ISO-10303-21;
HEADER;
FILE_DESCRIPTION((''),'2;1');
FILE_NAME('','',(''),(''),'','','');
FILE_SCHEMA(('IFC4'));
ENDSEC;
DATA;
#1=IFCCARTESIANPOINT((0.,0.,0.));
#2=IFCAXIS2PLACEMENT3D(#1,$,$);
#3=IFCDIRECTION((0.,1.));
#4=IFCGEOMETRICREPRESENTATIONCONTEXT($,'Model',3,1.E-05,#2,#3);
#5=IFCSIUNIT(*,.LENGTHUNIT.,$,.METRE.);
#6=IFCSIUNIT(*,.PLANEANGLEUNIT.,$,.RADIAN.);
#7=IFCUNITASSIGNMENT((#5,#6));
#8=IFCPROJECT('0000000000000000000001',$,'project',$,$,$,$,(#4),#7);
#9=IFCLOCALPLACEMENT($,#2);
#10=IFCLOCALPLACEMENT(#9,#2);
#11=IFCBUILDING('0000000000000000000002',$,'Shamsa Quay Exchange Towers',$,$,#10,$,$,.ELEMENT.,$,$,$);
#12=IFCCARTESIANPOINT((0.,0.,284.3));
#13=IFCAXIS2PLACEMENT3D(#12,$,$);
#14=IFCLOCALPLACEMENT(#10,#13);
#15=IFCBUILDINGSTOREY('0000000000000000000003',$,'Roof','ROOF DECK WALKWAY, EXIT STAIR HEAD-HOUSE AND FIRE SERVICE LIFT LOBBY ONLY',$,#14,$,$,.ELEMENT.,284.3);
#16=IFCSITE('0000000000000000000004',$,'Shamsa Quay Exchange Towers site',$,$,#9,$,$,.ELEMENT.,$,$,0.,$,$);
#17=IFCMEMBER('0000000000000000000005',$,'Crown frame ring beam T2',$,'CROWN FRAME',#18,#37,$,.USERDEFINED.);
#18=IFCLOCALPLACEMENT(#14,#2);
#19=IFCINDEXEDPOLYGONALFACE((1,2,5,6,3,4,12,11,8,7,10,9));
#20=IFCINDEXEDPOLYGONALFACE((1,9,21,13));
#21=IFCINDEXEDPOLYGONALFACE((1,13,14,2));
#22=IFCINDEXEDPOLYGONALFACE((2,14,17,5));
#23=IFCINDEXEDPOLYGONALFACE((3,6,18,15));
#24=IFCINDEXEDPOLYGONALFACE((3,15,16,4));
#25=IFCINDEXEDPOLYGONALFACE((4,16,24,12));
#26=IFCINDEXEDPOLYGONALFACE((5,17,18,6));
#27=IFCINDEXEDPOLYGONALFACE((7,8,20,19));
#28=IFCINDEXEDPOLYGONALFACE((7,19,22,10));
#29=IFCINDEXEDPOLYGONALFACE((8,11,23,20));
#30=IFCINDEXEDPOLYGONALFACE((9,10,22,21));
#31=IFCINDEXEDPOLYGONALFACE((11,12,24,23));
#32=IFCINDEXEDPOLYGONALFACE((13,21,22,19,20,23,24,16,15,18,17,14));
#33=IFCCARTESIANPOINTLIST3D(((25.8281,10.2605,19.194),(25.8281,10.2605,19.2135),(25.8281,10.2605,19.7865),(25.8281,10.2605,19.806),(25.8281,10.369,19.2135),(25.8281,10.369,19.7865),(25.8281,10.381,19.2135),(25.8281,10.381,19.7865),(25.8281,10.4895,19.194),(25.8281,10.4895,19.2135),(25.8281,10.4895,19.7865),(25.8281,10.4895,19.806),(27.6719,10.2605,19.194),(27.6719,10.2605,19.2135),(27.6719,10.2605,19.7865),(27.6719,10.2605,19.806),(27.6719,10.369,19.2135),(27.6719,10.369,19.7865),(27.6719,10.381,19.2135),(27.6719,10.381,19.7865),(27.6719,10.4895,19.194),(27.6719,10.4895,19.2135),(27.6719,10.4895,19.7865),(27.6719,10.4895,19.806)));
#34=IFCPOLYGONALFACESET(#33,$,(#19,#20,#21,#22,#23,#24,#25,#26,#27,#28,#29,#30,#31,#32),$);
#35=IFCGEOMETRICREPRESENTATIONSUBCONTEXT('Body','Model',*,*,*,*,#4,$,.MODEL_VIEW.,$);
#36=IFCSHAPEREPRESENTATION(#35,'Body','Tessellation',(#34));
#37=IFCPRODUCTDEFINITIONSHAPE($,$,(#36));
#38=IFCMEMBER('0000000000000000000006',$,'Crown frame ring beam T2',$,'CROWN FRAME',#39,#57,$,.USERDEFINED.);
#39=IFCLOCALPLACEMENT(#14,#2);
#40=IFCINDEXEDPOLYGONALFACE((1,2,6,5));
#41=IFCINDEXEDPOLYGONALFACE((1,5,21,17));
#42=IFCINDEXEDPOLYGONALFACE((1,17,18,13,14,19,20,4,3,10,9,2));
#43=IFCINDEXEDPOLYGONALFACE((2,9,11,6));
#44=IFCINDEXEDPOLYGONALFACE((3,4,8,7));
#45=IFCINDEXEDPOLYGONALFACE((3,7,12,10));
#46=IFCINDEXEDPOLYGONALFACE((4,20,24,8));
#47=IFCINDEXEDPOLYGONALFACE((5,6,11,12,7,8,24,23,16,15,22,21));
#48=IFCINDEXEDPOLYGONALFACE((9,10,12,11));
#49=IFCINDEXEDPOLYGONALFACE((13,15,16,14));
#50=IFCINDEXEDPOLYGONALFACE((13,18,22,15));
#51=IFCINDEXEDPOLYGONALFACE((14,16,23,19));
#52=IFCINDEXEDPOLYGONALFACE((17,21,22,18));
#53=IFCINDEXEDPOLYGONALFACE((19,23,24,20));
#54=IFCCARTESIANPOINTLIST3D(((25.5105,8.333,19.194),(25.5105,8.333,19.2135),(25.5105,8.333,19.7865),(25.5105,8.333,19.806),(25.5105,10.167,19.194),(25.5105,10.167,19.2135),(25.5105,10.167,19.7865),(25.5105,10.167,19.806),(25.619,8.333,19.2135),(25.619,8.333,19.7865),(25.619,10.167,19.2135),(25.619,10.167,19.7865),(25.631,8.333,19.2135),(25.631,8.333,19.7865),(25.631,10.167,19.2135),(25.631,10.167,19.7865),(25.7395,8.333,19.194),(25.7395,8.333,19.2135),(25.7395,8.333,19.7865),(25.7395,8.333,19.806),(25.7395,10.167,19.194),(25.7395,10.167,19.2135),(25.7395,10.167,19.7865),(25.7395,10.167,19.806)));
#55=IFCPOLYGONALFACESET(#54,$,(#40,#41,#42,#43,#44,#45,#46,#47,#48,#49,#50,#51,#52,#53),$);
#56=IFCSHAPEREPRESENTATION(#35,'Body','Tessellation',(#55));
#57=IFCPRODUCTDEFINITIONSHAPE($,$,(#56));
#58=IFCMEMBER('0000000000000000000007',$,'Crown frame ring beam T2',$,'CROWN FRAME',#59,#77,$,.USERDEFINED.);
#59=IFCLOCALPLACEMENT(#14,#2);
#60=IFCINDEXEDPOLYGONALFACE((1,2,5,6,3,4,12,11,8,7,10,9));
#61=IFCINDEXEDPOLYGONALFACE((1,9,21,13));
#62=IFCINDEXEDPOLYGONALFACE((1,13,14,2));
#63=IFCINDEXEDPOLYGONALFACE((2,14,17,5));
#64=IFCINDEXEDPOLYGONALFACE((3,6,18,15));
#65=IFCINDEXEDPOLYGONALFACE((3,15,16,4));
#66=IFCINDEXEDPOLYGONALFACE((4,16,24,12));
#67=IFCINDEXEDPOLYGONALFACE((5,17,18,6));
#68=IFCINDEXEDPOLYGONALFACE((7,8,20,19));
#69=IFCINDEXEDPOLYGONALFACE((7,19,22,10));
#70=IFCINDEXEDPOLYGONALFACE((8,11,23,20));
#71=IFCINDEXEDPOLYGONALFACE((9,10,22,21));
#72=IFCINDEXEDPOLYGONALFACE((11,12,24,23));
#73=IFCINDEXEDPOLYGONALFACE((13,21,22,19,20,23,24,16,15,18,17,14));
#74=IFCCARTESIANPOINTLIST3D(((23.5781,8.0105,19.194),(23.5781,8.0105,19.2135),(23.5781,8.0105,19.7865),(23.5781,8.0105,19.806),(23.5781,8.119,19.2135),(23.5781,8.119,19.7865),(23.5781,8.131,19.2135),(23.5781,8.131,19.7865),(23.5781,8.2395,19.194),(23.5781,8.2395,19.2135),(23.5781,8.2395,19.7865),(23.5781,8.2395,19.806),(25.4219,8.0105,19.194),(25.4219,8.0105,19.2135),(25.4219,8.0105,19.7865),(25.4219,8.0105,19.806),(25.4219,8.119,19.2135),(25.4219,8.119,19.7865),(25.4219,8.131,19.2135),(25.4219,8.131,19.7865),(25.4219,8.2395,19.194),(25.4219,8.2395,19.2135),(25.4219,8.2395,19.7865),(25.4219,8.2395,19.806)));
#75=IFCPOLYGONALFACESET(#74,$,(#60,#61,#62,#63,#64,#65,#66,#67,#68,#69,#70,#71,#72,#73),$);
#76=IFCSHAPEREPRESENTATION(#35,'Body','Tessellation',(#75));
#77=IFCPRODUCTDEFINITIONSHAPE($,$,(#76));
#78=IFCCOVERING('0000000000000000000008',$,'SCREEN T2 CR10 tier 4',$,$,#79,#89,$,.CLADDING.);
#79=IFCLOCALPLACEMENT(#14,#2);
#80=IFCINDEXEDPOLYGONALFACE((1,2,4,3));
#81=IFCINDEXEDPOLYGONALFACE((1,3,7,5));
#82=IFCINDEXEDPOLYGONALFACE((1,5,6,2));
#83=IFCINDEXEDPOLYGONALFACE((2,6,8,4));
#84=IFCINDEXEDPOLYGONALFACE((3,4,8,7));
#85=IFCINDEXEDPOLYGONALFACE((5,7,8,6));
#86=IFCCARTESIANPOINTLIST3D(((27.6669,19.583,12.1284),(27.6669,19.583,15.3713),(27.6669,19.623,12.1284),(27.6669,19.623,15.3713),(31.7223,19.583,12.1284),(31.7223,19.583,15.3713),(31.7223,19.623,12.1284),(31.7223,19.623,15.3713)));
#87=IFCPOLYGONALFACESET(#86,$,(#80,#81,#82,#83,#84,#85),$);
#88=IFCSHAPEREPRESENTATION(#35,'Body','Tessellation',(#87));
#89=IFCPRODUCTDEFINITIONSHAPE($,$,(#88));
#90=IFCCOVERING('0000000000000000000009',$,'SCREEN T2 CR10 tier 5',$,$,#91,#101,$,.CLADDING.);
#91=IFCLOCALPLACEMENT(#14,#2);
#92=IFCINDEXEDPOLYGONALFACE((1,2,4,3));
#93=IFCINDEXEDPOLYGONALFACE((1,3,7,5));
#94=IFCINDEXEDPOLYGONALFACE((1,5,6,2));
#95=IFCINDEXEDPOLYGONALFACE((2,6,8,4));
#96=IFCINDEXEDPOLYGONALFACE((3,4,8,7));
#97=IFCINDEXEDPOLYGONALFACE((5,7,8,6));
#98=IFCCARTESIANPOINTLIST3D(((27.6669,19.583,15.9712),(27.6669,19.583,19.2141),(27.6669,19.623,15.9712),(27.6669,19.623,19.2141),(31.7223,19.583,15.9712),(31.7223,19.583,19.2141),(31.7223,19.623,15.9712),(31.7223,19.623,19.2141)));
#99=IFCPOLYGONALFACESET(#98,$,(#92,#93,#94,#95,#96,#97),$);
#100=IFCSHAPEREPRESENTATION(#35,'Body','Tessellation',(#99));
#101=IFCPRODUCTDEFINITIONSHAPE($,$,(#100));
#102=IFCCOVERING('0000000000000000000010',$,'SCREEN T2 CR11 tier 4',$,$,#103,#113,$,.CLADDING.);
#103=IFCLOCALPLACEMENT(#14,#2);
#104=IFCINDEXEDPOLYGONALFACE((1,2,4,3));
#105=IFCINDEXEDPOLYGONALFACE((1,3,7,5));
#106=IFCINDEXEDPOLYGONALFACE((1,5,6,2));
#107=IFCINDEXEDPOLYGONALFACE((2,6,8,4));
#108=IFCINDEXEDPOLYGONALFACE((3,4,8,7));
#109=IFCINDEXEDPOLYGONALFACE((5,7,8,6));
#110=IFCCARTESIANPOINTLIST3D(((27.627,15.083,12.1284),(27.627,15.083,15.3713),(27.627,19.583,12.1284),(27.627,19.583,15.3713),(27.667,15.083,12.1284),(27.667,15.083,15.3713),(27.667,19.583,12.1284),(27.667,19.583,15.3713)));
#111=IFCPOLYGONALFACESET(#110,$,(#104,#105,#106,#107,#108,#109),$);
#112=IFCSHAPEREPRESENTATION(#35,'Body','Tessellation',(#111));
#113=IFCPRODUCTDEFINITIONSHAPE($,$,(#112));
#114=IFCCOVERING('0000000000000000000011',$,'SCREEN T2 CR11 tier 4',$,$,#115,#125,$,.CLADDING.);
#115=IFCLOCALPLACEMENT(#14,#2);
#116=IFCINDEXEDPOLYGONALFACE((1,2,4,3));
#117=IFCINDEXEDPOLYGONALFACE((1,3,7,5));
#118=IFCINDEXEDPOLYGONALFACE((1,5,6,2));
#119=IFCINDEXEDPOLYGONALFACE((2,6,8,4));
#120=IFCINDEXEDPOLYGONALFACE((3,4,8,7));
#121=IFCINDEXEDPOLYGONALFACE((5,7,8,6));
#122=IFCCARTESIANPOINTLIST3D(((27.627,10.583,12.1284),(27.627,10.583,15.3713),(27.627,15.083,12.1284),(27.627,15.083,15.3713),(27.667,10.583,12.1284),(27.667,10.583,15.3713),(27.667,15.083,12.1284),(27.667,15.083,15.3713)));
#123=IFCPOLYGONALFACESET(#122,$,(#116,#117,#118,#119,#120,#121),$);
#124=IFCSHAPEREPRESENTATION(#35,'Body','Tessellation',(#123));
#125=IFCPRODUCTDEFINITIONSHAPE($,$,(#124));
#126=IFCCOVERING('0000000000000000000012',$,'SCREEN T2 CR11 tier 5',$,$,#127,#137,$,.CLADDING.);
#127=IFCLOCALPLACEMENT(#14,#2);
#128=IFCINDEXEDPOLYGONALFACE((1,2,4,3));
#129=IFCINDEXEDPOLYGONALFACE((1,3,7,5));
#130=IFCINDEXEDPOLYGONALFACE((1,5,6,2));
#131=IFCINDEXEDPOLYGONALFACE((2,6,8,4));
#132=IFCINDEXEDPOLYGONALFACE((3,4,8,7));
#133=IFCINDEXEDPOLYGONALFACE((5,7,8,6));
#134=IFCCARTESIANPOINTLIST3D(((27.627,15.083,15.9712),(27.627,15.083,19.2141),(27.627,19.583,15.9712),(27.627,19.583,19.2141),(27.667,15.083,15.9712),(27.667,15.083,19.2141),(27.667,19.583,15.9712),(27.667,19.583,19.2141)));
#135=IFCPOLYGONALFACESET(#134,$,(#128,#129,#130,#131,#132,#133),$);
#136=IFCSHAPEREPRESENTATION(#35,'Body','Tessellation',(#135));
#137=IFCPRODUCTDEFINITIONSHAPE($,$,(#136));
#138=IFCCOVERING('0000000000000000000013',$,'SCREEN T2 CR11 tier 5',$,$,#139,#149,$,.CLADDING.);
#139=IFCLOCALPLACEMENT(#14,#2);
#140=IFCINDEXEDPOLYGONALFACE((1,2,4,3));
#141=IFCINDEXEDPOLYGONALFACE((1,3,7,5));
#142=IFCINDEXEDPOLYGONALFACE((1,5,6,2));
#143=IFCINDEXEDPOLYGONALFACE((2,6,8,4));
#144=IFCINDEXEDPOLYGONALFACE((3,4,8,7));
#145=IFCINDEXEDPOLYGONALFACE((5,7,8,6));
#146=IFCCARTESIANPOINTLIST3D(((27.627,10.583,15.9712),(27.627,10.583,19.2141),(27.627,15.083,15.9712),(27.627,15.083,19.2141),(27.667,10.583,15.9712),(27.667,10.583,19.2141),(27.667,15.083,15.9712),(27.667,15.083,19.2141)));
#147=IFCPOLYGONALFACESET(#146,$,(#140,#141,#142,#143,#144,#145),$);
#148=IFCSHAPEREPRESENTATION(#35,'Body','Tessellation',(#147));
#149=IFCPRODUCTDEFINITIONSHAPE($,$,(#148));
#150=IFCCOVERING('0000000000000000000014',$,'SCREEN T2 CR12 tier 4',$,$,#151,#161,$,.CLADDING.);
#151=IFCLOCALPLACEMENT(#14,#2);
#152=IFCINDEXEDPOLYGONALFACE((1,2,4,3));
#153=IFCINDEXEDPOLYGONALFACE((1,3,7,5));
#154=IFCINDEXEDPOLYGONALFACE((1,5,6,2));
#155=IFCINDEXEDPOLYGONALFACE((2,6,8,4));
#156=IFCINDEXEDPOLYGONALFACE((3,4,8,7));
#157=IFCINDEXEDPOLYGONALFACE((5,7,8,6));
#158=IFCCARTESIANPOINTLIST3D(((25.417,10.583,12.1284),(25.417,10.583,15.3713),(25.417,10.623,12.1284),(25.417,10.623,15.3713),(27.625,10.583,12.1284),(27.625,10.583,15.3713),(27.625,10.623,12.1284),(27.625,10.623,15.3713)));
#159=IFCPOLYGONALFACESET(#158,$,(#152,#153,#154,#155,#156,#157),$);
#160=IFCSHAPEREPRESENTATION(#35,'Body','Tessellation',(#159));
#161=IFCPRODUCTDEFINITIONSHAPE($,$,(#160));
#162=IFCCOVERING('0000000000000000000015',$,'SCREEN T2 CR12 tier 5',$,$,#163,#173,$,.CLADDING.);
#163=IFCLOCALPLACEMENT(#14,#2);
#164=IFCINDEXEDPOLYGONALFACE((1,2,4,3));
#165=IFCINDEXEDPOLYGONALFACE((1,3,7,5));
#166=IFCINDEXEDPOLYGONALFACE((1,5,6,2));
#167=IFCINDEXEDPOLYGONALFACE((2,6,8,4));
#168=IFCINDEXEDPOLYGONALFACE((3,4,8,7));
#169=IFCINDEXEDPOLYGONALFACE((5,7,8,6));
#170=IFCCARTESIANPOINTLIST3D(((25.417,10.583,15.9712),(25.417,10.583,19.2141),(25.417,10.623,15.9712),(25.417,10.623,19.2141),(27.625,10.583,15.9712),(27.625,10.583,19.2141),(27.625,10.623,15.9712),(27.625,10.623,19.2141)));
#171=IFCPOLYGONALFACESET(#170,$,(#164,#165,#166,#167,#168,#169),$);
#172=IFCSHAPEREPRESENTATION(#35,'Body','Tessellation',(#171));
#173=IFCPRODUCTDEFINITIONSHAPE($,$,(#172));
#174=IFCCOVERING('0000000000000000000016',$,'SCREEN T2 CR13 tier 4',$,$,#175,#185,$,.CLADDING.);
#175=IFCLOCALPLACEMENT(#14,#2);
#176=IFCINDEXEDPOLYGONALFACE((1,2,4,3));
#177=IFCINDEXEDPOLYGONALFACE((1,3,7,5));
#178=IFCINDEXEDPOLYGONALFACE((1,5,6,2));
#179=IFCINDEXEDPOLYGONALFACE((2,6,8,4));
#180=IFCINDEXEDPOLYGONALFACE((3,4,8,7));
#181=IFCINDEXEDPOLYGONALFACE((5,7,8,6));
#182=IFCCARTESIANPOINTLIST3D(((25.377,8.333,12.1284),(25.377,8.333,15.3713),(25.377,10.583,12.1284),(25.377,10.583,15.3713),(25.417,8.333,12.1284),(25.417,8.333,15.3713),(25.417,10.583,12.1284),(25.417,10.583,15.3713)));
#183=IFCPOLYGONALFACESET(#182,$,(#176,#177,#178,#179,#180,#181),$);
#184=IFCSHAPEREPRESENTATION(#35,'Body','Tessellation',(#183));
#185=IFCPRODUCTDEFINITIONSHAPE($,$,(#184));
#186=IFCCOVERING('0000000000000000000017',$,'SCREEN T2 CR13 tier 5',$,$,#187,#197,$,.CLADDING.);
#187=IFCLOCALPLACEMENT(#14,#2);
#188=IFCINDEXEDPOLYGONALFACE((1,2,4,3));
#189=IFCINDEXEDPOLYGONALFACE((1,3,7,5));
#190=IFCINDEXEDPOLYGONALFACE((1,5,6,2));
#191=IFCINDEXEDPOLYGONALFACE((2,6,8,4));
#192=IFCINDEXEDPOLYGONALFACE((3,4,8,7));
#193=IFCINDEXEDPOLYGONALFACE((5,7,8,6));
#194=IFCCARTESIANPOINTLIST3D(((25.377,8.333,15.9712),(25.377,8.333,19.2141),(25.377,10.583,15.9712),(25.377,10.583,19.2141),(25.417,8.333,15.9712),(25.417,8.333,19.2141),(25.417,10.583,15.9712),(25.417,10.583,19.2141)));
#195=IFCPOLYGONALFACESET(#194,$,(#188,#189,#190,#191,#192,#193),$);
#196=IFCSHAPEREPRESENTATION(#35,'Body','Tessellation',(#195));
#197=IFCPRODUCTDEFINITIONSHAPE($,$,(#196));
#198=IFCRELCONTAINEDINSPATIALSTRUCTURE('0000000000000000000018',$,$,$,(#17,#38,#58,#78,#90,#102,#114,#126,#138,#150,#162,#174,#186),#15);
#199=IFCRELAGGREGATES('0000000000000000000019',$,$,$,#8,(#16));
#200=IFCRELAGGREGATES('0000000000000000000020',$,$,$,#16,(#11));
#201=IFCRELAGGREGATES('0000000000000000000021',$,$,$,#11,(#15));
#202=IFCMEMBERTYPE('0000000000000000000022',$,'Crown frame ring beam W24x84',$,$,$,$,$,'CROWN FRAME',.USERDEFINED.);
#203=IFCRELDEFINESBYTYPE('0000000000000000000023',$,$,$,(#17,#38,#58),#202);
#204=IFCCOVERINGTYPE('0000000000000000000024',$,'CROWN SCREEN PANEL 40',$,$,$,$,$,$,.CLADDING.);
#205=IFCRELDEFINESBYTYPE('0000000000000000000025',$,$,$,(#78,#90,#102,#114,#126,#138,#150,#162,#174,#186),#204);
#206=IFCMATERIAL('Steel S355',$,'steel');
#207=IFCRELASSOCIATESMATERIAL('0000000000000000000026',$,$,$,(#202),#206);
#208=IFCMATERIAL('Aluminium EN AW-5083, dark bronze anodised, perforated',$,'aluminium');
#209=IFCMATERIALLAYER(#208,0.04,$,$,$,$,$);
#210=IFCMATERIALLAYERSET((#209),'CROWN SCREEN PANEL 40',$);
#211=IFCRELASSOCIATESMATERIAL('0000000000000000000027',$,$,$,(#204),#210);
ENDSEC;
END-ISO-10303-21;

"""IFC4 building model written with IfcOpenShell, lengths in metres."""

from ifc_helpers import new_model, si_unit, direction, frame, origin, origin_2d, place, context, subcontext, project, spatial, rectangle, i_section, extrude, material, layer, layer_set, material_profile, profile_set, type_object, element, save


model = new_model("IFC4")

# Units and contexts
model_context = context("Model", 3, precision=1e-05, world=origin(), true_north=direction((0.0, 1.0)))
body_context = subcontext(model_context, "Body", "Model", "MODEL_VIEW")
ifc_project = project(units=[si_unit("LENGTHUNIT", "METRE"), si_unit("PLANEANGLEUNIT", "RADIAN")], contexts=[model_context])

# Site, building, storey
site_placement = place(None, origin())
site = spatial("IfcSite", under=ifc_project, at=site_placement, Name="Shamsa Quay Exchange Towers site", CompositionType="ELEMENT", RefElevation=0.0)
building_placement = place(site_placement, origin())
building = spatial("IfcBuilding", under=site, at=building_placement, Name="Shamsa Quay Exchange Towers", CompositionType="ELEMENT")
storey_placement = place(building_placement, frame((0.0, 0.0, 284.3)))
storey = spatial("IfcBuildingStorey", under=building, at=storey_placement, Name="Roof", Description="ROOF DECK WALKWAY, EXIT STAIR HEAD-HOUSE AND FIRE SERVICE LIFT LOBBY ONLY", CompositionType="ELEMENT", Elevation=284.3)

# Members
ifc_material_1 = material(Name="Steel S355", Category="steel")
ifc_material_profile_1 = material_profile(ifc_material_1, i_section(OverallWidth=0.229, OverallDepth=0.6121, WebThickness=0.012, FlangeThickness=0.0195, at=origin_2d()), Name="W24x84")
ifc_profile_set_1 = profile_set([ifc_material_profile_1], Name="Steel S355")
member_type_1 = type_object("IfcMemberType", Name="Crown frame ring beam W24x84", ElementType="CROWN FRAME", PredefinedType="USERDEFINED", material=ifc_profile_set_1)
member_1_placement = place(storey_placement, frame((27.6719, 10.375, 19.5), z_axis=(-1.0, 0.0, 0.0), x_axis=(0.0, -1.0, 0.0)))
element("IfcMember", 1, at=member_1_placement, inside=storey, type_object=member_type_1, Name="Crown frame ring beam T2", ObjectType="CROWN FRAME", PredefinedType="USERDEFINED", context=body_context, shape_type="SweptSolid", body=[
    extrude(i_section(OverallWidth=0.229, OverallDepth=0.6121, WebThickness=0.012, FlangeThickness=0.0195, at=origin_2d()), origin(), (0.0, 0.0, 1.0), 1.8438),
])
member_2_placement = place(storey_placement, frame((25.625, 10.167, 19.5), z_axis=(0.0, -1.0, 0.0), x_axis=(1.0, 0.0, 0.0)))
element("IfcMember", 2, at=member_2_placement, inside=storey, type_object=member_type_1, Name="Crown frame ring beam T2", ObjectType="CROWN FRAME", PredefinedType="USERDEFINED", context=body_context, shape_type="SweptSolid", body=[
    extrude(i_section(OverallWidth=0.229, OverallDepth=0.6121, WebThickness=0.012, FlangeThickness=0.0195, at=origin_2d()), origin(), (0.0, 0.0, 1.0), 1.834),
])
member_3_placement = place(storey_placement, frame((25.4219, 8.125, 19.5), z_axis=(-1.0, 0.0, 0.0), x_axis=(0.0, -1.0, 0.0)))
element("IfcMember", 3, at=member_3_placement, inside=storey, type_object=member_type_1, Name="Crown frame ring beam T2", ObjectType="CROWN FRAME", PredefinedType="USERDEFINED", context=body_context, shape_type="SweptSolid", body=[
    extrude(i_section(OverallWidth=0.229, OverallDepth=0.6121, WebThickness=0.012, FlangeThickness=0.0195, at=origin_2d()), origin(), (0.0, 0.0, 1.0), 1.8438),
])

# Coverings
ifc_material_2 = material(Name="Aluminium EN AW-5083, dark bronze anodised, perforated", Category="aluminium")
ifc_layer = layer(ifc_material_2, 0.04)
ifc_layer_set = layer_set([ifc_layer], Name="CROWN SCREEN PANEL 40")
covering_type = type_object("IfcCoveringType", Name="CROWN SCREEN PANEL 40", PredefinedType="CLADDING", material=ifc_layer_set)
for number, where, z_axis, x_axis, name in (
    (4, (29.6946, 19.603, 12.1284), (0.0, 0.0, 1.0), (-1.0, 0.0, 0.0), "SCREEN T2 CR10 tier 4"),
    (5, (29.6946, 19.603, 15.9712), (0.0, 0.0, 1.0), (-1.0, 0.0, 0.0), "SCREEN T2 CR10 tier 5"),
):
    element("IfcCovering", number, at=place(storey_placement, frame(where, z_axis=z_axis, x_axis=x_axis)), inside=storey, type_object=covering_type, Name=name, PredefinedType="CLADDING", context=body_context, shape_type="SweptSolid", body=[
        extrude(rectangle(XDim=4.0554, YDim=0.04, at=origin_2d()), origin(), (0.0, 0.0, 1.0), 3.2429),
    ])
for number, where, z_axis, x_axis, name in (
    (6, (27.647, 17.333, 12.1284), (0.0, 0.0, 1.0), (0.0, -1.0, 0.0), "SCREEN T2 CR11 tier 4"),
    (7, (27.647, 12.833, 12.1284), (0.0, 0.0, 1.0), (0.0, -1.0, 0.0), "SCREEN T2 CR11 tier 4"),
    (8, (27.647, 17.333, 15.9712), (0.0, 0.0, 1.0), (0.0, -1.0, 0.0), "SCREEN T2 CR11 tier 5"),
    (9, (27.647, 12.833, 15.9712), (0.0, 0.0, 1.0), (0.0, -1.0, 0.0), "SCREEN T2 CR11 tier 5"),
):
    element("IfcCovering", number, at=place(storey_placement, frame(where, z_axis=z_axis, x_axis=x_axis)), inside=storey, type_object=covering_type, Name=name, PredefinedType="CLADDING", context=body_context, shape_type="SweptSolid", body=[
        extrude(rectangle(XDim=4.5, YDim=0.04, at=origin_2d()), origin(), (0.0, 0.0, 1.0), 3.2429),
    ])
for number, where, z_axis, x_axis, name in (
    (10, (26.521, 10.603, 12.1284), (0.0, 0.0, 1.0), (-1.0, 0.0, 0.0), "SCREEN T2 CR12 tier 4"),
    (11, (26.521, 10.603, 15.9712), (0.0, 0.0, 1.0), (-1.0, 0.0, 0.0), "SCREEN T2 CR12 tier 5"),
):
    element("IfcCovering", number, at=place(storey_placement, frame(where, z_axis=z_axis, x_axis=x_axis)), inside=storey, type_object=covering_type, Name=name, PredefinedType="CLADDING", context=body_context, shape_type="SweptSolid", body=[
        extrude(rectangle(XDim=2.208, YDim=0.04, at=origin_2d()), origin(), (0.0, 0.0, 1.0), 3.2429),
    ])
for number, where, z_axis, x_axis, name in (
    (12, (25.397, 9.458, 12.1284), (0.0, 0.0, 1.0), (0.0, -1.0, 0.0), "SCREEN T2 CR13 tier 4"),
    (13, (25.397, 9.458, 15.9712), (0.0, 0.0, 1.0), (0.0, -1.0, 0.0), "SCREEN T2 CR13 tier 5"),
):
    element("IfcCovering", number, at=place(storey_placement, frame(where, z_axis=z_axis, x_axis=x_axis)), inside=storey, type_object=covering_type, Name=name, PredefinedType="CLADDING", context=body_context, shape_type="SweptSolid", body=[
        extrude(rectangle(XDim=2.25, YDim=0.04, at=origin_2d()), origin(), (0.0, 0.0, 1.0), 3.2429),
    ])

save(model, "model.ifc")
